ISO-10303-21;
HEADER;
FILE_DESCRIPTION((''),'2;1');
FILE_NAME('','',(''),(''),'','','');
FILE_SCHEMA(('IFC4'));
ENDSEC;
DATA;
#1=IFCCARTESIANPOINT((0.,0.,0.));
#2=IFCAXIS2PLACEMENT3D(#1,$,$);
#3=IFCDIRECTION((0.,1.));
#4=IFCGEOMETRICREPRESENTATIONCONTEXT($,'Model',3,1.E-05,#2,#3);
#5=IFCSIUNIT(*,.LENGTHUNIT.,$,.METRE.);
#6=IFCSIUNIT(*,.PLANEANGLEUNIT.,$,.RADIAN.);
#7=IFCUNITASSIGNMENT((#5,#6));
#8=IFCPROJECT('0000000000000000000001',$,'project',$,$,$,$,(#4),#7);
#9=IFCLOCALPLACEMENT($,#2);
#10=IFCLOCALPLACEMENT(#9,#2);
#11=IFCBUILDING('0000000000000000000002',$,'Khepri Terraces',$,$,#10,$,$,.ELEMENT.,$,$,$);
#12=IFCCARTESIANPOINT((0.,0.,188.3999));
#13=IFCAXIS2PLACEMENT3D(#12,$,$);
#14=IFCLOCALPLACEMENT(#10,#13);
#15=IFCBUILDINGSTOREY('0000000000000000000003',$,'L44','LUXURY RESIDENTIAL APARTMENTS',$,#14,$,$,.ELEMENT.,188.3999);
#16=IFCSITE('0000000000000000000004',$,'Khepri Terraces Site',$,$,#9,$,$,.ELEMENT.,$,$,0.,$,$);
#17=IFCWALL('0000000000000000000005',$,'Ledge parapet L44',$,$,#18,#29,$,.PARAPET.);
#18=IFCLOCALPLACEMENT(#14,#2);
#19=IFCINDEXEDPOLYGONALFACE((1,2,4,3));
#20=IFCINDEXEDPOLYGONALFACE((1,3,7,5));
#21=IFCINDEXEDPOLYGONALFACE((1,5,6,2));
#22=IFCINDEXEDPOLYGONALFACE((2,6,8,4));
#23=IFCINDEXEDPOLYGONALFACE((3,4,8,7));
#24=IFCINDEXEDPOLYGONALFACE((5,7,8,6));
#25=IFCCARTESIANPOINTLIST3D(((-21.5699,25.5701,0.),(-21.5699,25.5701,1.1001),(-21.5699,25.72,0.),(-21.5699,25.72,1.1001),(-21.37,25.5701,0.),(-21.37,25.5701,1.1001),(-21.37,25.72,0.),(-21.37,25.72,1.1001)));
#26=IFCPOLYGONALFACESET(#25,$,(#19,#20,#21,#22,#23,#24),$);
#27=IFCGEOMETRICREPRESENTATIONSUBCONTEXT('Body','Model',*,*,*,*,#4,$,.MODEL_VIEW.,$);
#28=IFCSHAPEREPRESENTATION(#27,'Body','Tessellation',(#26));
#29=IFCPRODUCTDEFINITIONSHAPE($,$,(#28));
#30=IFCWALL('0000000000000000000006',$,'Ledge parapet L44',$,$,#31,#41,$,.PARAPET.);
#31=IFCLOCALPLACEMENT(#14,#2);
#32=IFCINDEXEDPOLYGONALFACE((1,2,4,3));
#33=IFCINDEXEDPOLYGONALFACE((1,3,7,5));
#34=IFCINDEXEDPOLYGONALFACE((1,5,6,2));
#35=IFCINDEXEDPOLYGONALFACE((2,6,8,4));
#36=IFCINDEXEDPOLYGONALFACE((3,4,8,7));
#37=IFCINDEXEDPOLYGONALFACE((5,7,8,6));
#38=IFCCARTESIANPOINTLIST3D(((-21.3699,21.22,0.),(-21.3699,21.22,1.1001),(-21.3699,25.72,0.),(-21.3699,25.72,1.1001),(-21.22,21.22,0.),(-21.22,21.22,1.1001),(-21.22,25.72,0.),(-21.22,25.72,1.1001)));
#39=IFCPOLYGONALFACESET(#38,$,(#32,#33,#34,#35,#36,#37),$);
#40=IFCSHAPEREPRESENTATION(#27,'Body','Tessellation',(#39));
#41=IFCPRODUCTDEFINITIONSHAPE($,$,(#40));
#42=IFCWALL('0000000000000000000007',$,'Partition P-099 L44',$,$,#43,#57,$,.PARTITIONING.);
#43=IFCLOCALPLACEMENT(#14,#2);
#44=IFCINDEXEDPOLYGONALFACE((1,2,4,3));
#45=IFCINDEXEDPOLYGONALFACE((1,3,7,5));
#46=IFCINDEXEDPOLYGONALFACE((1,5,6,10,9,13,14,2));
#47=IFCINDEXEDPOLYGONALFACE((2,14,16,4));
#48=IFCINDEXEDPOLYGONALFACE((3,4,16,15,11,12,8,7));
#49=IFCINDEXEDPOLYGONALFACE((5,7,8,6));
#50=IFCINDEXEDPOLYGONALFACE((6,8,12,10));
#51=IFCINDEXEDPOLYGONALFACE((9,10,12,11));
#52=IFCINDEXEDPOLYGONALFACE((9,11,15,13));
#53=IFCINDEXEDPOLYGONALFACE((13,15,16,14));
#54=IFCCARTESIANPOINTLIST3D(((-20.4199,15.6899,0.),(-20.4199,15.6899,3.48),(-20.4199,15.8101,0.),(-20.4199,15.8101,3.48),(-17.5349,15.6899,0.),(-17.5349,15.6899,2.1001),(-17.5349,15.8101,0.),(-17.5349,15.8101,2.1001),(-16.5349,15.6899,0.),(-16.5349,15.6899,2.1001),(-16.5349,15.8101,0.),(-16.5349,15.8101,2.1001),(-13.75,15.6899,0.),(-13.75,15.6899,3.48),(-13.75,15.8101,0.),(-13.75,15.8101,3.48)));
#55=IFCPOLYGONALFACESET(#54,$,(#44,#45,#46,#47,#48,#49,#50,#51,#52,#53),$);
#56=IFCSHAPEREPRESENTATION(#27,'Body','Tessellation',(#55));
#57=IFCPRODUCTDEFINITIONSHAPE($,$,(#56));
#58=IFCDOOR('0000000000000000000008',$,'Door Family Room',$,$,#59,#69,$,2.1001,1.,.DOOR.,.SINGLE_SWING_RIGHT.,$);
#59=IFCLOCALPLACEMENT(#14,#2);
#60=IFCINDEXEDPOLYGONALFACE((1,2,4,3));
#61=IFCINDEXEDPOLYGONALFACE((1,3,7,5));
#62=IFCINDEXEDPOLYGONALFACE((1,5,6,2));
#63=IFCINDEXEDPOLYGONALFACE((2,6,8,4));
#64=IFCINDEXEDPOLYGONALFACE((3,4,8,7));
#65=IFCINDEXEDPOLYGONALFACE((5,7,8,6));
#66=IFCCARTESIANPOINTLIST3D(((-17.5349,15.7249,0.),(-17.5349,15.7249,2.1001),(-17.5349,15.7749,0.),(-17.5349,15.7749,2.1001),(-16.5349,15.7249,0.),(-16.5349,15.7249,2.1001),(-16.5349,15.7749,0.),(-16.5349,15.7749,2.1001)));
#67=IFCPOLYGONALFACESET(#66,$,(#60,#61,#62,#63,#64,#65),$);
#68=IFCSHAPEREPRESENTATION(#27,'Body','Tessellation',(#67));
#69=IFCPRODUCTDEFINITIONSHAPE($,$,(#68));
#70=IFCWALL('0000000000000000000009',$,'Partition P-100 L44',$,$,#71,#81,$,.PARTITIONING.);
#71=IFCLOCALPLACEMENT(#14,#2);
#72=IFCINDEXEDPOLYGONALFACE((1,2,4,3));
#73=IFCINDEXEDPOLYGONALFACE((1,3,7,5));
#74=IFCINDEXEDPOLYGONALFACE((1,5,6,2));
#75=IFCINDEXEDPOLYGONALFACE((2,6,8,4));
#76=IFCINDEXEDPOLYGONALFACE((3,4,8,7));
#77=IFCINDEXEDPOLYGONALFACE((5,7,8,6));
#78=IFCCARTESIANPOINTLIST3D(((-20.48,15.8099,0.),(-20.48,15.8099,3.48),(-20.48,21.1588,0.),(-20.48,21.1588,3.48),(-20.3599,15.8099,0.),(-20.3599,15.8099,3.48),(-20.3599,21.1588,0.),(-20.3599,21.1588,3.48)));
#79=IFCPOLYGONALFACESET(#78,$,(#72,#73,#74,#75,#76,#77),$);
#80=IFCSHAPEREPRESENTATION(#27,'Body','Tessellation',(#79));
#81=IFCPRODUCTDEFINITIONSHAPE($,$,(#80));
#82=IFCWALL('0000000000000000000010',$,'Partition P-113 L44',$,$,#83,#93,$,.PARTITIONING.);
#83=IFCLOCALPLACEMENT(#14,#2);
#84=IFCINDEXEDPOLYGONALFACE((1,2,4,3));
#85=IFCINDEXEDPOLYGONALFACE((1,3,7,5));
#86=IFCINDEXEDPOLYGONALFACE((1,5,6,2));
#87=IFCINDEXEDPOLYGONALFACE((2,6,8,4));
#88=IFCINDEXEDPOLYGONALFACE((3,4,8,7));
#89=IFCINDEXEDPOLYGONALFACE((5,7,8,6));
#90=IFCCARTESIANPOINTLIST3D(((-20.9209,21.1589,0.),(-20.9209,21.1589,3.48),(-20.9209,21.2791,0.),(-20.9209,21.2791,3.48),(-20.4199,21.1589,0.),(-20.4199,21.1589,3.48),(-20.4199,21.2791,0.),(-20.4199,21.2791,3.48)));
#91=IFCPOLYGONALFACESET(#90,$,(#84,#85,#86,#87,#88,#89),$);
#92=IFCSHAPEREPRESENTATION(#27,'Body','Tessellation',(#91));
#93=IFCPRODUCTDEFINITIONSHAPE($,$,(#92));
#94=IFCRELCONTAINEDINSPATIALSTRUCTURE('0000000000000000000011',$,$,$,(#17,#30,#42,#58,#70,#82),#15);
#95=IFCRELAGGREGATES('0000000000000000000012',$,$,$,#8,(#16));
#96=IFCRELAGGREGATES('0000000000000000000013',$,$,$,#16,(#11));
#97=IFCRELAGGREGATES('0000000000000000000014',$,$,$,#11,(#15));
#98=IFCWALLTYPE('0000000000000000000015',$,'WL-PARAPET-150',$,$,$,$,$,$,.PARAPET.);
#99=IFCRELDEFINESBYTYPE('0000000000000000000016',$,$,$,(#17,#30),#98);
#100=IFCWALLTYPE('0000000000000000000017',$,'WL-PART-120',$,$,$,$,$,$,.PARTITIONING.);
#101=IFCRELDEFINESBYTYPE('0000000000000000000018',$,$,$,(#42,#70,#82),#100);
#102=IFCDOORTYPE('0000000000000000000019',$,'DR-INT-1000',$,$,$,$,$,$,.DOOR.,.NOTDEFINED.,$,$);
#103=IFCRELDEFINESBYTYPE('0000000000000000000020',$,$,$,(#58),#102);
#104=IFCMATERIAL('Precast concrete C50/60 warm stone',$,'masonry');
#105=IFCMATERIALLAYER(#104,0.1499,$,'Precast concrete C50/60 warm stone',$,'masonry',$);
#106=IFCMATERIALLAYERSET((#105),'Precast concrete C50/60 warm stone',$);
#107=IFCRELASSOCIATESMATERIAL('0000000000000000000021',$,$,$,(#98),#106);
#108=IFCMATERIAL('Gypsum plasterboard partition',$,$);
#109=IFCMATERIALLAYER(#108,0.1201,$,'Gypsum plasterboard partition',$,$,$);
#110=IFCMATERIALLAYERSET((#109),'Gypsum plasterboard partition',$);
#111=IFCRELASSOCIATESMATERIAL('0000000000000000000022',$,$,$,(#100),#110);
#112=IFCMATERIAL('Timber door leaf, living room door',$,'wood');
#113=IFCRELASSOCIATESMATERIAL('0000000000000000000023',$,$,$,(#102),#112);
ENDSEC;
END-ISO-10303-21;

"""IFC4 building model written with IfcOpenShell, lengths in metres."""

from ifc_helpers import new_model, si_unit, direction, frame, frame_2d, origin, place, context, subcontext, project, spatial, rectangle, extrude, material, layer, layer_set, type_object, element, fill, save


model = new_model("IFC4")

# Units and contexts
model_context = context("Model", 3, precision=1e-05, world=origin(), true_north=direction((0.0, 1.0)))
body_context = subcontext(model_context, "Body", "Model", "MODEL_VIEW")
ifc_project = project(units=[si_unit("LENGTHUNIT", "METRE"), si_unit("PLANEANGLEUNIT", "RADIAN")], contexts=[model_context])

# Site, building, storey
site_placement = place(None, origin())
site = spatial("IfcSite", under=ifc_project, at=site_placement, Name="Khepri Terraces Site", CompositionType="ELEMENT", RefElevation=0.0)
building_placement = place(site_placement, origin())
building = spatial("IfcBuilding", under=site, at=building_placement, Name="Khepri Terraces", CompositionType="ELEMENT")
storey_placement = place(building_placement, frame((0.0, 0.0, 188.3999)))
storey = spatial("IfcBuildingStorey", under=building, at=storey_placement, Name="L44", Description="LUXURY RESIDENTIAL APARTMENTS", CompositionType="ELEMENT", Elevation=188.3999)

# Shared definitions
ifc_material_1 = material(Name="Precast concrete C50/60 warm stone", Category="masonry")

# Walls
ifc_layer_1 = layer(ifc_material_1, 0.1499, Name="Precast concrete C50/60 warm stone", Category="masonry")
ifc_layer_set_1 = layer_set([ifc_layer_1], Name="Precast concrete C50/60 warm stone")
wall_type_1 = type_object("IfcWallType", Name="WL-PARAPET-150", PredefinedType="PARAPET", material=ifc_layer_set_1)
wall_1_placement = place(storey_placement, frame((-21.5701, 25.645, 0.0), z_axis=(0.0, 0.0, 1.0), x_axis=(1.0, 0.0, 0.0)))
element("IfcWall", 1, at=wall_1_placement, inside=storey, type_object=wall_type_1, Name="Ledge parapet L44", PredefinedType="PARAPET", context=body_context, shape_type="SweptSolid", body=[
    extrude(rectangle(XDim=0.2, YDim=0.1499, at=frame_2d((0.1001, 0.0))), origin(), (0.0, 0.0, 1.0), 1.1001),
])
wall_2_placement = place(storey_placement, frame((-21.2949, 21.22, 0.0), z_axis=(0.0, 0.0, 1.0), x_axis=(0.0, 1.0, 0.0)))
element("IfcWall", 2, at=wall_2_placement, inside=storey, type_object=wall_type_1, Name="Ledge parapet L44", PredefinedType="PARAPET", context=body_context, shape_type="SweptSolid", body=[
    extrude(rectangle(XDim=4.5, YDim=0.1499, at=frame_2d((2.25, 0.0))), origin(), (0.0, 0.0, 1.0), 1.1001),
])

# Wall, opening, door
ifc_material_2 = material(Name="Gypsum plasterboard partition")
ifc_layer_2 = layer(ifc_material_2, 0.1201, Name="Gypsum plasterboard partition")
ifc_layer_set_2 = layer_set([ifc_layer_2], Name="Gypsum plasterboard partition")
wall_type_2 = type_object("IfcWallType", Name="WL-PART-120", PredefinedType="PARTITIONING", material=ifc_layer_set_2)
wall_3_placement = place(storey_placement, frame((-20.4199, 15.75, 0.0), z_axis=(0.0, 0.0, 1.0), x_axis=(1.0, 0.0, 0.0)))
wall_3 = element("IfcWall", 3, at=wall_3_placement, inside=storey, type_object=wall_type_2, Name="Partition P-099 L44", PredefinedType="PARTITIONING", context=body_context, shape_type="SweptSolid", body=[
    extrude(rectangle(XDim=6.6699, YDim=0.1201, at=frame_2d((3.335, 0.0))), origin(), (0.0, 0.0, 1.0), 3.48),
])
opening_1_placement = place(wall_3_placement, frame((2.885, 0.0, 0.0)))
opening_1 = element("IfcOpeningElement", 4, at=opening_1_placement, cuts=wall_3, PredefinedType="OPENING", context=body_context, shape_type="SweptSolid", body=[
    extrude(rectangle(XDim=1.0, YDim=2.1001, at=frame_2d((0.5, 1.05))), frame((0.0, 0.0701, 0.0), z_axis=(0.0, -1.0, 0.0), x_axis=(1.0, 0.0, 0.0)), (0.0, 0.0, 1.0), 0.1401),
])
ifc_material_3 = material(Name="Timber door leaf, living room door", Category="wood")
door_type_1 = type_object("IfcDoorType", Name="DR-INT-1000", OperationType="NOTDEFINED", PredefinedType="DOOR", material=ifc_material_3)
door_1_placement = place(opening_1_placement, origin())
door_1 = element("IfcDoor", 5, at=door_1_placement, inside=storey, type_object=door_type_1, Name="Door Family Room", OperationType="SINGLE_SWING_RIGHT", OverallHeight=2.1001, OverallWidth=1.0, PredefinedType="DOOR", context=body_context, shape_type="SweptSolid", body=[
    extrude(rectangle(XDim=1.0, YDim=2.1001, at=frame_2d((0.5, 1.05))), frame((0.0, 0.0249, 0.0), z_axis=(0.0, -1.0, 0.0), x_axis=(1.0, 0.0, 0.0)), (0.0, 0.0, 1.0), 0.05),
])
fill(opening_1, door_1)

# Walls
wall_4_placement = place(storey_placement, frame((-20.4199, 15.8101, 0.0), z_axis=(0.0, 0.0, 1.0), x_axis=(0.0, 1.0, 0.0)))
element("IfcWall", 6, at=wall_4_placement, inside=storey, type_object=wall_type_2, Name="Partition P-100 L44", PredefinedType="PARTITIONING", context=body_context, shape_type="SweptSolid", body=[
    extrude(rectangle(XDim=5.3489, YDim=0.1201, at=frame_2d((2.6743, 0.0))), origin(), (0.0, 0.0, 1.0), 3.48),
])
wall_5_placement = place(storey_placement, frame((-20.9209, 21.219, 0.0), z_axis=(0.0, 0.0, 1.0), x_axis=(1.0, 0.0, 0.0)))
element("IfcWall", 7, at=wall_5_placement, inside=storey, type_object=wall_type_2, Name="Partition P-113 L44", PredefinedType="PARTITIONING", context=body_context, shape_type="SweptSolid", body=[
    extrude(rectangle(XDim=0.501, YDim=0.1201, at=frame_2d((0.2505, 0.0))), origin(), (0.0, 0.0, 1.0), 3.48),
])

save(model, "model.ifc")
